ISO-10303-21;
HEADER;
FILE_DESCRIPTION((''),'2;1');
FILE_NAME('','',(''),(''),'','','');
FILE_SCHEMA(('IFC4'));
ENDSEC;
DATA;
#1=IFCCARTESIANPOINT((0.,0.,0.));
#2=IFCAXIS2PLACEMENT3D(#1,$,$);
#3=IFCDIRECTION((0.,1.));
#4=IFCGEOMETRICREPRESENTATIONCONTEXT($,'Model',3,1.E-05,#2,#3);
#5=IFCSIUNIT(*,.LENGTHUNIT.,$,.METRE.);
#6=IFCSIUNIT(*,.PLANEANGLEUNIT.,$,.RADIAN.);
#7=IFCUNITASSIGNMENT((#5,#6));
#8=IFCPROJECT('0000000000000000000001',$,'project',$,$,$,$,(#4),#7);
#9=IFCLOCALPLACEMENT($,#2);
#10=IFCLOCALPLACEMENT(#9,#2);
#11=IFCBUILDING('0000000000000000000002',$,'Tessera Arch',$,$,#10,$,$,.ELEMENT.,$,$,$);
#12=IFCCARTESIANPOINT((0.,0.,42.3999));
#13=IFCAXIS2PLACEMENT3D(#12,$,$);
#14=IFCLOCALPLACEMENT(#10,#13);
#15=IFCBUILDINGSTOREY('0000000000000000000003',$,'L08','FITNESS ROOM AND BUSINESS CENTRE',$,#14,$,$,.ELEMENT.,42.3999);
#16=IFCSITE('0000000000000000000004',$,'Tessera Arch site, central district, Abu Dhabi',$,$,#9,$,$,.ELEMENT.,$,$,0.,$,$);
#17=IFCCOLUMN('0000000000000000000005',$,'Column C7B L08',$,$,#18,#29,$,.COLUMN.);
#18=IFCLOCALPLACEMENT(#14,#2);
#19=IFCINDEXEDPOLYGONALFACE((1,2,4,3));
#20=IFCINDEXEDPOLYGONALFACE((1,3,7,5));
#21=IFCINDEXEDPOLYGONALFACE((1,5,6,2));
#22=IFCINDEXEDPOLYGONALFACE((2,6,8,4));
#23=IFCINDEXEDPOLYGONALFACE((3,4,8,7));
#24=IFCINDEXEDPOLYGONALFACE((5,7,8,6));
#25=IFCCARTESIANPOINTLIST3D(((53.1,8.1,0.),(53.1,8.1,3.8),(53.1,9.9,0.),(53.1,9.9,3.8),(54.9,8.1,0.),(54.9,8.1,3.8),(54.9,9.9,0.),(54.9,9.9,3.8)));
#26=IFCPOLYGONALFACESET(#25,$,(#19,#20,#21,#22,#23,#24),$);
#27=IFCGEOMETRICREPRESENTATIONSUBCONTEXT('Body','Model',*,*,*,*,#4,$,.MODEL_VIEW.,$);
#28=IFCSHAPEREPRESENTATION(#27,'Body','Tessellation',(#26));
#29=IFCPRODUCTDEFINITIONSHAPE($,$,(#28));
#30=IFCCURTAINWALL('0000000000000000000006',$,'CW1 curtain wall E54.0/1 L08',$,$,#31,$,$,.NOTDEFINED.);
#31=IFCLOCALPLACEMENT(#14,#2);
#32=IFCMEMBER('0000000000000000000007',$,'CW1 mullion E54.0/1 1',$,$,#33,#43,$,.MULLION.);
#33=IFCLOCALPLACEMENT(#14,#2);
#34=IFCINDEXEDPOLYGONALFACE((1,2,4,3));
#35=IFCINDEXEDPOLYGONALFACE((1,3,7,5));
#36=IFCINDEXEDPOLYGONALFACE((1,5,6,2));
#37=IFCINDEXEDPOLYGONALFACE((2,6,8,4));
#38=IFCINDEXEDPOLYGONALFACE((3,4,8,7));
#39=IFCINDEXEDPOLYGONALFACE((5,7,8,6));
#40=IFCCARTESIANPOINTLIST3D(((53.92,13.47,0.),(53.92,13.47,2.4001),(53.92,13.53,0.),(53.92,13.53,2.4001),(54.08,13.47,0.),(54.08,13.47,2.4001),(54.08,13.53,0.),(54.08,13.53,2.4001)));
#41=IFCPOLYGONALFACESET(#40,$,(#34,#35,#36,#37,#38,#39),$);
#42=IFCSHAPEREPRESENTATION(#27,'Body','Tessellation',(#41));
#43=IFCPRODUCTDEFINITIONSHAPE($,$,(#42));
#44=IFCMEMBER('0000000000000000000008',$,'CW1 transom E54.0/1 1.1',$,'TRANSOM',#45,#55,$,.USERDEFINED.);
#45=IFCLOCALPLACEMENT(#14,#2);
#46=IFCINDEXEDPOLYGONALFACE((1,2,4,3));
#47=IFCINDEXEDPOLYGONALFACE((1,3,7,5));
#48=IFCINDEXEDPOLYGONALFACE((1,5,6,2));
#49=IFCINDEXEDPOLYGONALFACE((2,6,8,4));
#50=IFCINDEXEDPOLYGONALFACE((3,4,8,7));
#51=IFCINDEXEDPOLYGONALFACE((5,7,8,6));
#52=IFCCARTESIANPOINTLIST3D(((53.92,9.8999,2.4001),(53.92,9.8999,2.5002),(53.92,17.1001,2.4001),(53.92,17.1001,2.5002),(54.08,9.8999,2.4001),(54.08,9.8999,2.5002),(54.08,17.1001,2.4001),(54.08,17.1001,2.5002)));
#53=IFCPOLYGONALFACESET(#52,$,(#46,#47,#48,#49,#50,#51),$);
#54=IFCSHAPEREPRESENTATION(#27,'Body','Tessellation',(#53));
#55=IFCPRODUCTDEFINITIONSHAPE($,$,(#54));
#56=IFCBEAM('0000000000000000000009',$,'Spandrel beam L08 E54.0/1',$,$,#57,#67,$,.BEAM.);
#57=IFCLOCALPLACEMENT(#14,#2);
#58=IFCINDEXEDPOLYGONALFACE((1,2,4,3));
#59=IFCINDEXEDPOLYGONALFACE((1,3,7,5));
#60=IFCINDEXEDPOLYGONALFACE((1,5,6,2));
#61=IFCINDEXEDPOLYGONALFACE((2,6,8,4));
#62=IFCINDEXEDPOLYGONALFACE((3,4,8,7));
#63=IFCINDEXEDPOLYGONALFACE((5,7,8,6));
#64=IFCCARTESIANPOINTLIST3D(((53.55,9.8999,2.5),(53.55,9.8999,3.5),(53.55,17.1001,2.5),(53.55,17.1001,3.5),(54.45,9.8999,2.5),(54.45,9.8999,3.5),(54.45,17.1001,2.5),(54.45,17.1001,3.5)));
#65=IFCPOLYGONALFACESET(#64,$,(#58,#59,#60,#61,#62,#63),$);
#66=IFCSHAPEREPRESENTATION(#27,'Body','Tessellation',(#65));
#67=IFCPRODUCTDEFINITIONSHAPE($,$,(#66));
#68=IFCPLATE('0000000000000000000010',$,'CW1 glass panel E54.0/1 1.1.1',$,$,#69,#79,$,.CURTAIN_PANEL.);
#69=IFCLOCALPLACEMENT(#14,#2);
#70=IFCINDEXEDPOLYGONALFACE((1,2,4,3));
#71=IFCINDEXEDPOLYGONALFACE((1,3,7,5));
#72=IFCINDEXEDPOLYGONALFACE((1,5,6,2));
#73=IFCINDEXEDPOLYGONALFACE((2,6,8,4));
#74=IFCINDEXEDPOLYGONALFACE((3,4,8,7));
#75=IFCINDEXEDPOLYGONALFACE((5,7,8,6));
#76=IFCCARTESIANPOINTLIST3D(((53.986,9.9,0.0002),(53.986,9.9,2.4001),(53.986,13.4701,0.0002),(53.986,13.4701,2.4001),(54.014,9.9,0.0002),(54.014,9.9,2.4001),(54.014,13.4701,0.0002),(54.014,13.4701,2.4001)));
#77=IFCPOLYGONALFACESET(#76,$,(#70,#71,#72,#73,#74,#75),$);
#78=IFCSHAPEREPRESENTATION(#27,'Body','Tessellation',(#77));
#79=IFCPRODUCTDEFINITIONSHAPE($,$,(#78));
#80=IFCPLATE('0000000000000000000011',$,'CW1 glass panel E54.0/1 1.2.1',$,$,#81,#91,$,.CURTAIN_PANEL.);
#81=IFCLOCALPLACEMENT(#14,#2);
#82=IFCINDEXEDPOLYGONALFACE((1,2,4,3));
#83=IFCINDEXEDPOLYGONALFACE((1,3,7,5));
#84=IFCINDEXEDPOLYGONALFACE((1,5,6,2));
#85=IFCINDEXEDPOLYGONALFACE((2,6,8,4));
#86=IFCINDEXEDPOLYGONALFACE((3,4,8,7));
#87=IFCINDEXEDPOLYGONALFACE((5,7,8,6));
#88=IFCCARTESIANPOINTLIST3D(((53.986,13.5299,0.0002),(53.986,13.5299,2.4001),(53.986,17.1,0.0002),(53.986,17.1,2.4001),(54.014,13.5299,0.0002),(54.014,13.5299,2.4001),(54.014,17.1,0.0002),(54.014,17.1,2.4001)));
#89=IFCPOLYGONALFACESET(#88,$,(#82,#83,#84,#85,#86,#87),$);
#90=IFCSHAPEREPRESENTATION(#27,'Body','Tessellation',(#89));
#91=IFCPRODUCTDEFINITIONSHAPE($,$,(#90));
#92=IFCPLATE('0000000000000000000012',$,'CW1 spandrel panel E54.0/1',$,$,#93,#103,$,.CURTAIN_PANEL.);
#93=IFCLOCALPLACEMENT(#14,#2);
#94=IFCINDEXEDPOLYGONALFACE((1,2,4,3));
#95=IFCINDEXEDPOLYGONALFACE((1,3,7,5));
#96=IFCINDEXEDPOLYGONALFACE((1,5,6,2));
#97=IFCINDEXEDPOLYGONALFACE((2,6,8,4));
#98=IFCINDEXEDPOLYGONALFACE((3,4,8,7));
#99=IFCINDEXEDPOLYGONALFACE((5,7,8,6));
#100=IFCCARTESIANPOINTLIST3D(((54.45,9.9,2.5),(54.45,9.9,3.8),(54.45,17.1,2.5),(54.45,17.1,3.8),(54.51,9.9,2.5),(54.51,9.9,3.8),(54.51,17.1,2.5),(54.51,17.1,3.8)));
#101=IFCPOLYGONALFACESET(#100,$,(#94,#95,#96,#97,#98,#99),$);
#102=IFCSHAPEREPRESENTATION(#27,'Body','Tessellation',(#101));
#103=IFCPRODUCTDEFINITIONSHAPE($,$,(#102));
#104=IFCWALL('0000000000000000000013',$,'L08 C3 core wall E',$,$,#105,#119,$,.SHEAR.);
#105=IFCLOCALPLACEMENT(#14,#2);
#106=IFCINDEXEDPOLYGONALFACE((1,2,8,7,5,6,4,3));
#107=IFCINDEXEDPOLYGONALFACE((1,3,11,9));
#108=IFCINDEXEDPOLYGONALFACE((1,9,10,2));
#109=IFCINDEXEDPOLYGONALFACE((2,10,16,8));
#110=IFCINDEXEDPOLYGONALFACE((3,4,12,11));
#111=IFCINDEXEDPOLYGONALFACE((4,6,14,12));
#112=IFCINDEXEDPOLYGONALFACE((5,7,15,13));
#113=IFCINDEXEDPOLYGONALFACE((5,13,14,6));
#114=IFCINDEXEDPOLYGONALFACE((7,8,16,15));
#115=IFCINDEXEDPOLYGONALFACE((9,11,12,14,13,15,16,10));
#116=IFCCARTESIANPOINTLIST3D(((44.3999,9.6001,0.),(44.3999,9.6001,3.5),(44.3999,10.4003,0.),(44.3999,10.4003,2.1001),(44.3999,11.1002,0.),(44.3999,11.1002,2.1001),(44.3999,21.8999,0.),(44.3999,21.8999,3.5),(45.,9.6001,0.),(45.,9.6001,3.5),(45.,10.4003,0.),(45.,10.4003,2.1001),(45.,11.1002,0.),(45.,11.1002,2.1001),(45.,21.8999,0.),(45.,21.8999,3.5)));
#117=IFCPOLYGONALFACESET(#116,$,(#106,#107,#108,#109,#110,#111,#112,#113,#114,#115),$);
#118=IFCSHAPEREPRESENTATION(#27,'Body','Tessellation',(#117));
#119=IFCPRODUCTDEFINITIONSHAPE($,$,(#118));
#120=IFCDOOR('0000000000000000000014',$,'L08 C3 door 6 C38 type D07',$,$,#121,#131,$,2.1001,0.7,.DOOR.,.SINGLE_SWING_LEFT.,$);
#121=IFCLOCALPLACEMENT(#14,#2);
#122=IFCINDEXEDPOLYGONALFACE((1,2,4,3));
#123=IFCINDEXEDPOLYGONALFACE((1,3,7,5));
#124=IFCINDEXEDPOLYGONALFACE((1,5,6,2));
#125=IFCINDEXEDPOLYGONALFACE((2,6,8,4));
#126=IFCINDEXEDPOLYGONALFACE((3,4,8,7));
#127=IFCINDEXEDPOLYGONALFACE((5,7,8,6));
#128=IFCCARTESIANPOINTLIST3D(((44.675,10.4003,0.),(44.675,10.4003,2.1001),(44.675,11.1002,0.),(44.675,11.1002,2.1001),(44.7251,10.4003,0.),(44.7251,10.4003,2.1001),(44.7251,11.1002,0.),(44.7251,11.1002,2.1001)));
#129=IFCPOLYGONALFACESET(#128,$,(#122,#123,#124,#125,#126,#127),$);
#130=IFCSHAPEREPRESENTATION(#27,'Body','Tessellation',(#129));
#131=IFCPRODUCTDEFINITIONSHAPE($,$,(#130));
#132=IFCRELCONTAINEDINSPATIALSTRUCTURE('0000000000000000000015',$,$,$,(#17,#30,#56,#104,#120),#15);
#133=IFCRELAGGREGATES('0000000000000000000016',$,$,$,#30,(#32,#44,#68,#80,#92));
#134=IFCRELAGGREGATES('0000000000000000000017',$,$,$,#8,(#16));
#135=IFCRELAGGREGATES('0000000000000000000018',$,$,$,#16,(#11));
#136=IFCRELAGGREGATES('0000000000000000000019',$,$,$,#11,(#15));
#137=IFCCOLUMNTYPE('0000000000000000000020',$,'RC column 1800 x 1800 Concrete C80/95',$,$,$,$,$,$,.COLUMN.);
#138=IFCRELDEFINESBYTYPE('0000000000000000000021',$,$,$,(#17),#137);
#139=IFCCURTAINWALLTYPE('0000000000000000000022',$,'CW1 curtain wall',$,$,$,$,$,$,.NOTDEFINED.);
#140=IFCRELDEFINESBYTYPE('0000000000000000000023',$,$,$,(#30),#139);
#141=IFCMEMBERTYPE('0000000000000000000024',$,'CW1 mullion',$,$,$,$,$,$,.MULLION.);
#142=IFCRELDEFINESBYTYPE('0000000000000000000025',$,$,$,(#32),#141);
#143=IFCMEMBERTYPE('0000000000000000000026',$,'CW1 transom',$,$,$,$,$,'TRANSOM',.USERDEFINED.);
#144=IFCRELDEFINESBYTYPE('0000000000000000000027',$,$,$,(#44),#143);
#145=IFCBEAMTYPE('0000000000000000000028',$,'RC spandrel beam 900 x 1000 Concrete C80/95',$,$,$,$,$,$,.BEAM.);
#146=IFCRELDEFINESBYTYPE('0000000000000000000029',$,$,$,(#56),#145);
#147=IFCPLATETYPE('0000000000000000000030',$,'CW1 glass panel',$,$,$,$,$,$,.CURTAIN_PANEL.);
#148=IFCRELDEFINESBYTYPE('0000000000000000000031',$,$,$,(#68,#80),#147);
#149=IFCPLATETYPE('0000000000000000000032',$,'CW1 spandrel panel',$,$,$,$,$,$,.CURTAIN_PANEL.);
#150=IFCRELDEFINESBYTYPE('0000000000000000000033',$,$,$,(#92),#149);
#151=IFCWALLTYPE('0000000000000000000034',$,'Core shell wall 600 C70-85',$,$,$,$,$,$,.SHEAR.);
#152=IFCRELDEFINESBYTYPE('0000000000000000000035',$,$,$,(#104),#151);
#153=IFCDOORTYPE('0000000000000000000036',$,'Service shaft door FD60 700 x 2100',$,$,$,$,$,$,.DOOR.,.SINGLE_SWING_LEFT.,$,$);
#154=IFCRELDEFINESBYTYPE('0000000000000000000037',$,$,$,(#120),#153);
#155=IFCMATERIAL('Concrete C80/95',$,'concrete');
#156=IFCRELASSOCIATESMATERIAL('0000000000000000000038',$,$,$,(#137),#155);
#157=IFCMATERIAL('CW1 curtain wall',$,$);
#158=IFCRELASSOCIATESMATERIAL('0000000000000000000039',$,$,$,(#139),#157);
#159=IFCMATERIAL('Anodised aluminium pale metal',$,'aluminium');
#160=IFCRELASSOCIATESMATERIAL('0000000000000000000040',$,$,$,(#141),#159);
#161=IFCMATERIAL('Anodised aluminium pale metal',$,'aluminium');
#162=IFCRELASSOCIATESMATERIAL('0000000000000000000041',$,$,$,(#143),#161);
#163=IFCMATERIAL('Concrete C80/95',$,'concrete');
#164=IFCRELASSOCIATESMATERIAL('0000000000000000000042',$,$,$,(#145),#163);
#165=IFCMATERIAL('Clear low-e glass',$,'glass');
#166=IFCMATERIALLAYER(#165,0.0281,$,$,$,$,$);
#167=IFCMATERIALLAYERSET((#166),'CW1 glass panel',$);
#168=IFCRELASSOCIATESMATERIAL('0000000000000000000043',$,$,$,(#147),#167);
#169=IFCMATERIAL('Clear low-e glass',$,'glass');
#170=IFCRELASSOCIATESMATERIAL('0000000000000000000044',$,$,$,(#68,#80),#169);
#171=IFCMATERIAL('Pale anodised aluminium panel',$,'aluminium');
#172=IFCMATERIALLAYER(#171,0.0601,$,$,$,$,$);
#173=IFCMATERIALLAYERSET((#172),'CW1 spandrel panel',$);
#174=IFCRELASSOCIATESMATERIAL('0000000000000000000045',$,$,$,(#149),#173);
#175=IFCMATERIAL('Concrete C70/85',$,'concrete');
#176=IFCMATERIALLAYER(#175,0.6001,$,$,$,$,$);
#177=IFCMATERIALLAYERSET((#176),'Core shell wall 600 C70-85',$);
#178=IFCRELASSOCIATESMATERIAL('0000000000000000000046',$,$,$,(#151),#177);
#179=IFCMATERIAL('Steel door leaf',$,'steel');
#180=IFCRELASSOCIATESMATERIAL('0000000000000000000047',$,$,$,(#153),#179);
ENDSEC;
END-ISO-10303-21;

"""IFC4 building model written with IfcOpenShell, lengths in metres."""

from ifc_helpers import new_model, si_unit, direction, frame, frame_2d, origin, origin_2d, place, context, subcontext, project, spatial, rectangle, extrude, material, layer, layer_set, material_profile, profile_set, type_object, element, fill, aggregate, save


model = new_model("IFC4")

# Units and contexts
model_context = context("Model", 3, precision=1e-05, world=origin(), true_north=direction((0.0, 1.0)))
body_context = subcontext(model_context, "Body", "Model", "MODEL_VIEW")
ifc_project = project(units=[si_unit("LENGTHUNIT", "METRE"), si_unit("PLANEANGLEUNIT", "RADIAN")], contexts=[model_context])

# Site, building, storey
site_placement = place(None, origin())
site = spatial("IfcSite", under=ifc_project, at=site_placement, Name="Tessera Arch site, central district, Abu Dhabi", CompositionType="ELEMENT", RefElevation=0.0)
building_placement = place(site_placement, origin())
building = spatial("IfcBuilding", under=site, at=building_placement, Name="Tessera Arch", CompositionType="ELEMENT")
storey_placement = place(building_placement, frame((0.0, 0.0, 42.3999)))
storey = spatial("IfcBuildingStorey", under=building, at=storey_placement, Name="L08", Description="FITNESS ROOM AND BUSINESS CENTRE", CompositionType="ELEMENT", Elevation=42.3999)

# Column
ifc_material_1 = material(Name="Concrete C80/95", Category="concrete")
ifc_material_profile_1 = material_profile(ifc_material_1, rectangle(XDim=1.8, YDim=1.8, at=origin_2d()), Name="RC column 1800 x 1800 Concrete C80/95")
ifc_profile_set_1 = profile_set([ifc_material_profile_1], Name="Concrete C80/95")
column_type = type_object("IfcColumnType", Name="RC column 1800 x 1800 Concrete C80/95", PredefinedType="COLUMN", material=ifc_profile_set_1)
column_placement = place(storey_placement, frame((54.0, 9.0, 0.0), z_axis=(0.0, 0.0, 1.0), x_axis=(1.0, 0.0, 0.0)))
element("IfcColumn", 1, at=column_placement, inside=storey, type_object=column_type, Name="Column C7B L08", PredefinedType="COLUMN", context=body_context, shape_type="SweptSolid", body=[
    extrude(rectangle(XDim=1.8, YDim=1.8, at=origin_2d()), origin(), (0.0, 0.0, 1.0), 3.8),
])

# Curtain wall, members
ifc_material_2 = material(Name="CW1 curtain wall")
curtain_wall_type = type_object("IfcCurtainWallType", Name="CW1 curtain wall", PredefinedType="NOTDEFINED", material=ifc_material_2)
curtain_wall_placement = place(storey_placement, origin())
curtain_wall = element("IfcCurtainWall", 2, at=curtain_wall_placement, inside=storey, type_object=curtain_wall_type, Name="CW1 curtain wall E54.0/1 L08", PredefinedType="NOTDEFINED")
ifc_material_3 = material(Name="Anodised aluminium pale metal", Category="aluminium")
ifc_material_profile_2 = material_profile(ifc_material_3, rectangle(XDim=0.1599, YDim=0.0601, at=origin_2d()), Name="AL 60x160")
ifc_profile_set_2 = profile_set([ifc_material_profile_2], Name="Anodised aluminium pale metal")
member_type_1 = type_object("IfcMemberType", Name="CW1 mullion", PredefinedType="MULLION", material=ifc_profile_set_2)
member_1_placement = place(storey_placement, frame((54.0, 13.5, 0.0), z_axis=(0.0, 0.0, 1.0), x_axis=(-1.0, 0.0, 0.0)))
member_1 = element("IfcMember", 3, at=member_1_placement, type_object=member_type_1, Name="CW1 mullion E54.0/1 1", PredefinedType="MULLION", context=body_context, shape_type="SweptSolid", body=[
    extrude(rectangle(XDim=0.1599, YDim=0.0601, at=origin_2d()), origin(), (0.0, 0.0, 1.0), 2.4001),
])
ifc_material_4 = material(Name="Anodised aluminium pale metal", Category="aluminium")
ifc_material_profile_3 = material_profile(ifc_material_4, rectangle(XDim=0.1599, YDim=0.1001, at=origin_2d()), Name="AL 160x100")
ifc_profile_set_3 = profile_set([ifc_material_profile_3], Name="Anodised aluminium pale metal")
member_type_2 = type_object("IfcMemberType", Name="CW1 transom", ElementType="TRANSOM", PredefinedType="USERDEFINED", material=ifc_profile_set_3)
member_2_placement = place(storey_placement, frame((54.0, 9.8999, 2.4502), z_axis=(0.0, 1.0, 0.0), x_axis=(-1.0, 0.0, 0.0)))
member_2 = element("IfcMember", 4, at=member_2_placement, type_object=member_type_2, Name="CW1 transom E54.0/1 1.1", ObjectType="TRANSOM", PredefinedType="USERDEFINED", context=body_context, shape_type="SweptSolid", body=[
    extrude(rectangle(XDim=0.1599, YDim=0.1001, at=origin_2d()), origin(), (0.0, 0.0, 1.0), 7.2002),
])

# Beam
ifc_material_5 = material(Name="Concrete C80/95", Category="concrete")
ifc_material_profile_4 = material_profile(ifc_material_5, rectangle(XDim=0.8999, YDim=1.0, at=origin_2d()), Name="RC spandrel beam 900 x 1000 Concrete C80/95")
ifc_profile_set_4 = profile_set([ifc_material_profile_4], Name="Concrete C80/95")
beam_type = type_object("IfcBeamType", Name="RC spandrel beam 900 x 1000 Concrete C80/95", PredefinedType="BEAM", material=ifc_profile_set_4)
beam_placement = place(storey_placement, frame((54.0, 9.8999, 3.0), z_axis=(0.0, 1.0, 0.0), x_axis=(-1.0, 0.0, 0.0)))
element("IfcBeam", 5, at=beam_placement, inside=storey, type_object=beam_type, Name="Spandrel beam L08 E54.0/1", PredefinedType="BEAM", context=body_context, shape_type="SweptSolid", body=[
    extrude(rectangle(XDim=0.8999, YDim=1.0, at=origin_2d()), origin(), (0.0, 0.0, 1.0), 7.2002),
])

# Plates
ifc_material_6 = material(Name="Clear low-e glass", Category="glass")
ifc_material_7 = material(Name="Clear low-e glass", Category="glass")
ifc_layer_1 = layer(ifc_material_7, 0.0281)
ifc_layer_set_1 = layer_set([ifc_layer_1], Name="CW1 glass panel")
plate_type_1 = type_object("IfcPlateType", Name="CW1 glass panel", PredefinedType="CURTAIN_PANEL", material=ifc_layer_set_1)
plate_1_placement = place(storey_placement, frame((54.0, 11.6851, 0.0002), z_axis=(0.0, 0.0, 1.0), x_axis=(0.0, 1.0, 0.0)))
plate_1 = element("IfcPlate", 6, at=plate_1_placement, type_object=plate_type_1, material=ifc_material_6, Name="CW1 glass panel E54.0/1 1.1.1", PredefinedType="CURTAIN_PANEL", context=body_context, shape_type="SweptSolid", body=[
    extrude(rectangle(XDim=3.5701, YDim=0.0281, at=origin_2d()), origin(), (0.0, 0.0, 1.0), 2.3999),
])
plate_2_placement = place(storey_placement, frame((54.0, 15.3149, 0.0002), z_axis=(0.0, 0.0, 1.0), x_axis=(0.0, 1.0, 0.0)))
plate_2 = element("IfcPlate", 7, at=plate_2_placement, type_object=plate_type_1, material=ifc_material_6, Name="CW1 glass panel E54.0/1 1.2.1", PredefinedType="CURTAIN_PANEL", context=body_context, shape_type="SweptSolid", body=[
    extrude(rectangle(XDim=3.5701, YDim=0.0281, at=origin_2d()), origin(), (0.0, 0.0, 1.0), 2.3999),
])
ifc_material_8 = material(Name="Pale anodised aluminium panel", Category="aluminium")
ifc_layer_2 = layer(ifc_material_8, 0.0601)
ifc_layer_set_2 = layer_set([ifc_layer_2], Name="CW1 spandrel panel")
plate_type_2 = type_object("IfcPlateType", Name="CW1 spandrel panel", PredefinedType="CURTAIN_PANEL", material=ifc_layer_set_2)
plate_3_placement = place(storey_placement, frame((54.48, 13.5, 2.5), z_axis=(0.0, 0.0, 1.0), x_axis=(0.0, 1.0, 0.0)))
plate_3 = element("IfcPlate", 8, at=plate_3_placement, type_object=plate_type_2, Name="CW1 spandrel panel E54.0/1", PredefinedType="CURTAIN_PANEL", context=body_context, shape_type="SweptSolid", body=[
    extrude(rectangle(XDim=7.2, YDim=0.0601, at=origin_2d()), origin(), (0.0, 0.0, 1.0), 1.3),
])
aggregate(curtain_wall, [member_1, member_2, plate_1, plate_2, plate_3])

# Wall, opening, door
ifc_material_9 = material(Name="Concrete C70/85", Category="concrete")
ifc_layer_3 = layer(ifc_material_9, 0.6001)
ifc_layer_set_3 = layer_set([ifc_layer_3], Name="Core shell wall 600 C70-85")
wall_type_1 = type_object("IfcWallType", Name="Core shell wall 600 C70-85", PredefinedType="SHEAR", material=ifc_layer_set_3)
wall_1_placement = place(storey_placement, frame((44.7, 9.6001, 0.0), z_axis=(0.0, 0.0, 1.0), x_axis=(0.0, 1.0, 0.0)))
wall_1 = element("IfcWall", 9, at=wall_1_placement, inside=storey, type_object=wall_type_1, Name="L08 C3 core wall E", PredefinedType="SHEAR", context=body_context, shape_type="SweptSolid", body=[
    extrude(rectangle(XDim=12.2998, YDim=0.6001, at=frame_2d((6.1499, 0.0))), origin(), (0.0, 0.0, 1.0), 3.5),
])
opening_1_placement = place(wall_1_placement, frame((0.8, 0.0, 0.0)))
opening_1 = element("IfcOpeningElement", 10, at=opening_1_placement, cuts=wall_1, PredefinedType="OPENING", context=body_context, shape_type="SweptSolid", body=[
    extrude(rectangle(XDim=0.7, YDim=2.1001, at=frame_2d((0.3501, 1.05))), frame((0.0, 0.3101, 0.0), z_axis=(0.0, -1.0, 0.0), x_axis=(1.0, 0.0, 0.0)), (0.0, 0.0, 1.0), 0.6201),
])
ifc_material_10 = material(Name="Steel door leaf", Category="steel")
door_type_1 = type_object("IfcDoorType", Name="Service shaft door FD60 700 x 2100", OperationType="SINGLE_SWING_LEFT", PredefinedType="DOOR", material=ifc_material_10)
door_1_placement = place(opening_1_placement, origin())
door_1 = element("IfcDoor", 11, at=door_1_placement, inside=storey, type_object=door_type_1, Name="L08 C3 door 6 C38 type D07", OperationType="SINGLE_SWING_LEFT", OverallHeight=2.1001, OverallWidth=0.7, PredefinedType="DOOR", context=body_context, shape_type="SweptSolid", body=[
    extrude(rectangle(XDim=0.7, YDim=2.1001, at=frame_2d((0.3501, 1.05))), frame((0.0, 0.0249, 0.0), z_axis=(0.0, -1.0, 0.0), x_axis=(1.0, 0.0, 0.0)), (0.0, 0.0, 1.0), 0.05),
])
fill(opening_1, door_1)

save(model, "model.ifc")
